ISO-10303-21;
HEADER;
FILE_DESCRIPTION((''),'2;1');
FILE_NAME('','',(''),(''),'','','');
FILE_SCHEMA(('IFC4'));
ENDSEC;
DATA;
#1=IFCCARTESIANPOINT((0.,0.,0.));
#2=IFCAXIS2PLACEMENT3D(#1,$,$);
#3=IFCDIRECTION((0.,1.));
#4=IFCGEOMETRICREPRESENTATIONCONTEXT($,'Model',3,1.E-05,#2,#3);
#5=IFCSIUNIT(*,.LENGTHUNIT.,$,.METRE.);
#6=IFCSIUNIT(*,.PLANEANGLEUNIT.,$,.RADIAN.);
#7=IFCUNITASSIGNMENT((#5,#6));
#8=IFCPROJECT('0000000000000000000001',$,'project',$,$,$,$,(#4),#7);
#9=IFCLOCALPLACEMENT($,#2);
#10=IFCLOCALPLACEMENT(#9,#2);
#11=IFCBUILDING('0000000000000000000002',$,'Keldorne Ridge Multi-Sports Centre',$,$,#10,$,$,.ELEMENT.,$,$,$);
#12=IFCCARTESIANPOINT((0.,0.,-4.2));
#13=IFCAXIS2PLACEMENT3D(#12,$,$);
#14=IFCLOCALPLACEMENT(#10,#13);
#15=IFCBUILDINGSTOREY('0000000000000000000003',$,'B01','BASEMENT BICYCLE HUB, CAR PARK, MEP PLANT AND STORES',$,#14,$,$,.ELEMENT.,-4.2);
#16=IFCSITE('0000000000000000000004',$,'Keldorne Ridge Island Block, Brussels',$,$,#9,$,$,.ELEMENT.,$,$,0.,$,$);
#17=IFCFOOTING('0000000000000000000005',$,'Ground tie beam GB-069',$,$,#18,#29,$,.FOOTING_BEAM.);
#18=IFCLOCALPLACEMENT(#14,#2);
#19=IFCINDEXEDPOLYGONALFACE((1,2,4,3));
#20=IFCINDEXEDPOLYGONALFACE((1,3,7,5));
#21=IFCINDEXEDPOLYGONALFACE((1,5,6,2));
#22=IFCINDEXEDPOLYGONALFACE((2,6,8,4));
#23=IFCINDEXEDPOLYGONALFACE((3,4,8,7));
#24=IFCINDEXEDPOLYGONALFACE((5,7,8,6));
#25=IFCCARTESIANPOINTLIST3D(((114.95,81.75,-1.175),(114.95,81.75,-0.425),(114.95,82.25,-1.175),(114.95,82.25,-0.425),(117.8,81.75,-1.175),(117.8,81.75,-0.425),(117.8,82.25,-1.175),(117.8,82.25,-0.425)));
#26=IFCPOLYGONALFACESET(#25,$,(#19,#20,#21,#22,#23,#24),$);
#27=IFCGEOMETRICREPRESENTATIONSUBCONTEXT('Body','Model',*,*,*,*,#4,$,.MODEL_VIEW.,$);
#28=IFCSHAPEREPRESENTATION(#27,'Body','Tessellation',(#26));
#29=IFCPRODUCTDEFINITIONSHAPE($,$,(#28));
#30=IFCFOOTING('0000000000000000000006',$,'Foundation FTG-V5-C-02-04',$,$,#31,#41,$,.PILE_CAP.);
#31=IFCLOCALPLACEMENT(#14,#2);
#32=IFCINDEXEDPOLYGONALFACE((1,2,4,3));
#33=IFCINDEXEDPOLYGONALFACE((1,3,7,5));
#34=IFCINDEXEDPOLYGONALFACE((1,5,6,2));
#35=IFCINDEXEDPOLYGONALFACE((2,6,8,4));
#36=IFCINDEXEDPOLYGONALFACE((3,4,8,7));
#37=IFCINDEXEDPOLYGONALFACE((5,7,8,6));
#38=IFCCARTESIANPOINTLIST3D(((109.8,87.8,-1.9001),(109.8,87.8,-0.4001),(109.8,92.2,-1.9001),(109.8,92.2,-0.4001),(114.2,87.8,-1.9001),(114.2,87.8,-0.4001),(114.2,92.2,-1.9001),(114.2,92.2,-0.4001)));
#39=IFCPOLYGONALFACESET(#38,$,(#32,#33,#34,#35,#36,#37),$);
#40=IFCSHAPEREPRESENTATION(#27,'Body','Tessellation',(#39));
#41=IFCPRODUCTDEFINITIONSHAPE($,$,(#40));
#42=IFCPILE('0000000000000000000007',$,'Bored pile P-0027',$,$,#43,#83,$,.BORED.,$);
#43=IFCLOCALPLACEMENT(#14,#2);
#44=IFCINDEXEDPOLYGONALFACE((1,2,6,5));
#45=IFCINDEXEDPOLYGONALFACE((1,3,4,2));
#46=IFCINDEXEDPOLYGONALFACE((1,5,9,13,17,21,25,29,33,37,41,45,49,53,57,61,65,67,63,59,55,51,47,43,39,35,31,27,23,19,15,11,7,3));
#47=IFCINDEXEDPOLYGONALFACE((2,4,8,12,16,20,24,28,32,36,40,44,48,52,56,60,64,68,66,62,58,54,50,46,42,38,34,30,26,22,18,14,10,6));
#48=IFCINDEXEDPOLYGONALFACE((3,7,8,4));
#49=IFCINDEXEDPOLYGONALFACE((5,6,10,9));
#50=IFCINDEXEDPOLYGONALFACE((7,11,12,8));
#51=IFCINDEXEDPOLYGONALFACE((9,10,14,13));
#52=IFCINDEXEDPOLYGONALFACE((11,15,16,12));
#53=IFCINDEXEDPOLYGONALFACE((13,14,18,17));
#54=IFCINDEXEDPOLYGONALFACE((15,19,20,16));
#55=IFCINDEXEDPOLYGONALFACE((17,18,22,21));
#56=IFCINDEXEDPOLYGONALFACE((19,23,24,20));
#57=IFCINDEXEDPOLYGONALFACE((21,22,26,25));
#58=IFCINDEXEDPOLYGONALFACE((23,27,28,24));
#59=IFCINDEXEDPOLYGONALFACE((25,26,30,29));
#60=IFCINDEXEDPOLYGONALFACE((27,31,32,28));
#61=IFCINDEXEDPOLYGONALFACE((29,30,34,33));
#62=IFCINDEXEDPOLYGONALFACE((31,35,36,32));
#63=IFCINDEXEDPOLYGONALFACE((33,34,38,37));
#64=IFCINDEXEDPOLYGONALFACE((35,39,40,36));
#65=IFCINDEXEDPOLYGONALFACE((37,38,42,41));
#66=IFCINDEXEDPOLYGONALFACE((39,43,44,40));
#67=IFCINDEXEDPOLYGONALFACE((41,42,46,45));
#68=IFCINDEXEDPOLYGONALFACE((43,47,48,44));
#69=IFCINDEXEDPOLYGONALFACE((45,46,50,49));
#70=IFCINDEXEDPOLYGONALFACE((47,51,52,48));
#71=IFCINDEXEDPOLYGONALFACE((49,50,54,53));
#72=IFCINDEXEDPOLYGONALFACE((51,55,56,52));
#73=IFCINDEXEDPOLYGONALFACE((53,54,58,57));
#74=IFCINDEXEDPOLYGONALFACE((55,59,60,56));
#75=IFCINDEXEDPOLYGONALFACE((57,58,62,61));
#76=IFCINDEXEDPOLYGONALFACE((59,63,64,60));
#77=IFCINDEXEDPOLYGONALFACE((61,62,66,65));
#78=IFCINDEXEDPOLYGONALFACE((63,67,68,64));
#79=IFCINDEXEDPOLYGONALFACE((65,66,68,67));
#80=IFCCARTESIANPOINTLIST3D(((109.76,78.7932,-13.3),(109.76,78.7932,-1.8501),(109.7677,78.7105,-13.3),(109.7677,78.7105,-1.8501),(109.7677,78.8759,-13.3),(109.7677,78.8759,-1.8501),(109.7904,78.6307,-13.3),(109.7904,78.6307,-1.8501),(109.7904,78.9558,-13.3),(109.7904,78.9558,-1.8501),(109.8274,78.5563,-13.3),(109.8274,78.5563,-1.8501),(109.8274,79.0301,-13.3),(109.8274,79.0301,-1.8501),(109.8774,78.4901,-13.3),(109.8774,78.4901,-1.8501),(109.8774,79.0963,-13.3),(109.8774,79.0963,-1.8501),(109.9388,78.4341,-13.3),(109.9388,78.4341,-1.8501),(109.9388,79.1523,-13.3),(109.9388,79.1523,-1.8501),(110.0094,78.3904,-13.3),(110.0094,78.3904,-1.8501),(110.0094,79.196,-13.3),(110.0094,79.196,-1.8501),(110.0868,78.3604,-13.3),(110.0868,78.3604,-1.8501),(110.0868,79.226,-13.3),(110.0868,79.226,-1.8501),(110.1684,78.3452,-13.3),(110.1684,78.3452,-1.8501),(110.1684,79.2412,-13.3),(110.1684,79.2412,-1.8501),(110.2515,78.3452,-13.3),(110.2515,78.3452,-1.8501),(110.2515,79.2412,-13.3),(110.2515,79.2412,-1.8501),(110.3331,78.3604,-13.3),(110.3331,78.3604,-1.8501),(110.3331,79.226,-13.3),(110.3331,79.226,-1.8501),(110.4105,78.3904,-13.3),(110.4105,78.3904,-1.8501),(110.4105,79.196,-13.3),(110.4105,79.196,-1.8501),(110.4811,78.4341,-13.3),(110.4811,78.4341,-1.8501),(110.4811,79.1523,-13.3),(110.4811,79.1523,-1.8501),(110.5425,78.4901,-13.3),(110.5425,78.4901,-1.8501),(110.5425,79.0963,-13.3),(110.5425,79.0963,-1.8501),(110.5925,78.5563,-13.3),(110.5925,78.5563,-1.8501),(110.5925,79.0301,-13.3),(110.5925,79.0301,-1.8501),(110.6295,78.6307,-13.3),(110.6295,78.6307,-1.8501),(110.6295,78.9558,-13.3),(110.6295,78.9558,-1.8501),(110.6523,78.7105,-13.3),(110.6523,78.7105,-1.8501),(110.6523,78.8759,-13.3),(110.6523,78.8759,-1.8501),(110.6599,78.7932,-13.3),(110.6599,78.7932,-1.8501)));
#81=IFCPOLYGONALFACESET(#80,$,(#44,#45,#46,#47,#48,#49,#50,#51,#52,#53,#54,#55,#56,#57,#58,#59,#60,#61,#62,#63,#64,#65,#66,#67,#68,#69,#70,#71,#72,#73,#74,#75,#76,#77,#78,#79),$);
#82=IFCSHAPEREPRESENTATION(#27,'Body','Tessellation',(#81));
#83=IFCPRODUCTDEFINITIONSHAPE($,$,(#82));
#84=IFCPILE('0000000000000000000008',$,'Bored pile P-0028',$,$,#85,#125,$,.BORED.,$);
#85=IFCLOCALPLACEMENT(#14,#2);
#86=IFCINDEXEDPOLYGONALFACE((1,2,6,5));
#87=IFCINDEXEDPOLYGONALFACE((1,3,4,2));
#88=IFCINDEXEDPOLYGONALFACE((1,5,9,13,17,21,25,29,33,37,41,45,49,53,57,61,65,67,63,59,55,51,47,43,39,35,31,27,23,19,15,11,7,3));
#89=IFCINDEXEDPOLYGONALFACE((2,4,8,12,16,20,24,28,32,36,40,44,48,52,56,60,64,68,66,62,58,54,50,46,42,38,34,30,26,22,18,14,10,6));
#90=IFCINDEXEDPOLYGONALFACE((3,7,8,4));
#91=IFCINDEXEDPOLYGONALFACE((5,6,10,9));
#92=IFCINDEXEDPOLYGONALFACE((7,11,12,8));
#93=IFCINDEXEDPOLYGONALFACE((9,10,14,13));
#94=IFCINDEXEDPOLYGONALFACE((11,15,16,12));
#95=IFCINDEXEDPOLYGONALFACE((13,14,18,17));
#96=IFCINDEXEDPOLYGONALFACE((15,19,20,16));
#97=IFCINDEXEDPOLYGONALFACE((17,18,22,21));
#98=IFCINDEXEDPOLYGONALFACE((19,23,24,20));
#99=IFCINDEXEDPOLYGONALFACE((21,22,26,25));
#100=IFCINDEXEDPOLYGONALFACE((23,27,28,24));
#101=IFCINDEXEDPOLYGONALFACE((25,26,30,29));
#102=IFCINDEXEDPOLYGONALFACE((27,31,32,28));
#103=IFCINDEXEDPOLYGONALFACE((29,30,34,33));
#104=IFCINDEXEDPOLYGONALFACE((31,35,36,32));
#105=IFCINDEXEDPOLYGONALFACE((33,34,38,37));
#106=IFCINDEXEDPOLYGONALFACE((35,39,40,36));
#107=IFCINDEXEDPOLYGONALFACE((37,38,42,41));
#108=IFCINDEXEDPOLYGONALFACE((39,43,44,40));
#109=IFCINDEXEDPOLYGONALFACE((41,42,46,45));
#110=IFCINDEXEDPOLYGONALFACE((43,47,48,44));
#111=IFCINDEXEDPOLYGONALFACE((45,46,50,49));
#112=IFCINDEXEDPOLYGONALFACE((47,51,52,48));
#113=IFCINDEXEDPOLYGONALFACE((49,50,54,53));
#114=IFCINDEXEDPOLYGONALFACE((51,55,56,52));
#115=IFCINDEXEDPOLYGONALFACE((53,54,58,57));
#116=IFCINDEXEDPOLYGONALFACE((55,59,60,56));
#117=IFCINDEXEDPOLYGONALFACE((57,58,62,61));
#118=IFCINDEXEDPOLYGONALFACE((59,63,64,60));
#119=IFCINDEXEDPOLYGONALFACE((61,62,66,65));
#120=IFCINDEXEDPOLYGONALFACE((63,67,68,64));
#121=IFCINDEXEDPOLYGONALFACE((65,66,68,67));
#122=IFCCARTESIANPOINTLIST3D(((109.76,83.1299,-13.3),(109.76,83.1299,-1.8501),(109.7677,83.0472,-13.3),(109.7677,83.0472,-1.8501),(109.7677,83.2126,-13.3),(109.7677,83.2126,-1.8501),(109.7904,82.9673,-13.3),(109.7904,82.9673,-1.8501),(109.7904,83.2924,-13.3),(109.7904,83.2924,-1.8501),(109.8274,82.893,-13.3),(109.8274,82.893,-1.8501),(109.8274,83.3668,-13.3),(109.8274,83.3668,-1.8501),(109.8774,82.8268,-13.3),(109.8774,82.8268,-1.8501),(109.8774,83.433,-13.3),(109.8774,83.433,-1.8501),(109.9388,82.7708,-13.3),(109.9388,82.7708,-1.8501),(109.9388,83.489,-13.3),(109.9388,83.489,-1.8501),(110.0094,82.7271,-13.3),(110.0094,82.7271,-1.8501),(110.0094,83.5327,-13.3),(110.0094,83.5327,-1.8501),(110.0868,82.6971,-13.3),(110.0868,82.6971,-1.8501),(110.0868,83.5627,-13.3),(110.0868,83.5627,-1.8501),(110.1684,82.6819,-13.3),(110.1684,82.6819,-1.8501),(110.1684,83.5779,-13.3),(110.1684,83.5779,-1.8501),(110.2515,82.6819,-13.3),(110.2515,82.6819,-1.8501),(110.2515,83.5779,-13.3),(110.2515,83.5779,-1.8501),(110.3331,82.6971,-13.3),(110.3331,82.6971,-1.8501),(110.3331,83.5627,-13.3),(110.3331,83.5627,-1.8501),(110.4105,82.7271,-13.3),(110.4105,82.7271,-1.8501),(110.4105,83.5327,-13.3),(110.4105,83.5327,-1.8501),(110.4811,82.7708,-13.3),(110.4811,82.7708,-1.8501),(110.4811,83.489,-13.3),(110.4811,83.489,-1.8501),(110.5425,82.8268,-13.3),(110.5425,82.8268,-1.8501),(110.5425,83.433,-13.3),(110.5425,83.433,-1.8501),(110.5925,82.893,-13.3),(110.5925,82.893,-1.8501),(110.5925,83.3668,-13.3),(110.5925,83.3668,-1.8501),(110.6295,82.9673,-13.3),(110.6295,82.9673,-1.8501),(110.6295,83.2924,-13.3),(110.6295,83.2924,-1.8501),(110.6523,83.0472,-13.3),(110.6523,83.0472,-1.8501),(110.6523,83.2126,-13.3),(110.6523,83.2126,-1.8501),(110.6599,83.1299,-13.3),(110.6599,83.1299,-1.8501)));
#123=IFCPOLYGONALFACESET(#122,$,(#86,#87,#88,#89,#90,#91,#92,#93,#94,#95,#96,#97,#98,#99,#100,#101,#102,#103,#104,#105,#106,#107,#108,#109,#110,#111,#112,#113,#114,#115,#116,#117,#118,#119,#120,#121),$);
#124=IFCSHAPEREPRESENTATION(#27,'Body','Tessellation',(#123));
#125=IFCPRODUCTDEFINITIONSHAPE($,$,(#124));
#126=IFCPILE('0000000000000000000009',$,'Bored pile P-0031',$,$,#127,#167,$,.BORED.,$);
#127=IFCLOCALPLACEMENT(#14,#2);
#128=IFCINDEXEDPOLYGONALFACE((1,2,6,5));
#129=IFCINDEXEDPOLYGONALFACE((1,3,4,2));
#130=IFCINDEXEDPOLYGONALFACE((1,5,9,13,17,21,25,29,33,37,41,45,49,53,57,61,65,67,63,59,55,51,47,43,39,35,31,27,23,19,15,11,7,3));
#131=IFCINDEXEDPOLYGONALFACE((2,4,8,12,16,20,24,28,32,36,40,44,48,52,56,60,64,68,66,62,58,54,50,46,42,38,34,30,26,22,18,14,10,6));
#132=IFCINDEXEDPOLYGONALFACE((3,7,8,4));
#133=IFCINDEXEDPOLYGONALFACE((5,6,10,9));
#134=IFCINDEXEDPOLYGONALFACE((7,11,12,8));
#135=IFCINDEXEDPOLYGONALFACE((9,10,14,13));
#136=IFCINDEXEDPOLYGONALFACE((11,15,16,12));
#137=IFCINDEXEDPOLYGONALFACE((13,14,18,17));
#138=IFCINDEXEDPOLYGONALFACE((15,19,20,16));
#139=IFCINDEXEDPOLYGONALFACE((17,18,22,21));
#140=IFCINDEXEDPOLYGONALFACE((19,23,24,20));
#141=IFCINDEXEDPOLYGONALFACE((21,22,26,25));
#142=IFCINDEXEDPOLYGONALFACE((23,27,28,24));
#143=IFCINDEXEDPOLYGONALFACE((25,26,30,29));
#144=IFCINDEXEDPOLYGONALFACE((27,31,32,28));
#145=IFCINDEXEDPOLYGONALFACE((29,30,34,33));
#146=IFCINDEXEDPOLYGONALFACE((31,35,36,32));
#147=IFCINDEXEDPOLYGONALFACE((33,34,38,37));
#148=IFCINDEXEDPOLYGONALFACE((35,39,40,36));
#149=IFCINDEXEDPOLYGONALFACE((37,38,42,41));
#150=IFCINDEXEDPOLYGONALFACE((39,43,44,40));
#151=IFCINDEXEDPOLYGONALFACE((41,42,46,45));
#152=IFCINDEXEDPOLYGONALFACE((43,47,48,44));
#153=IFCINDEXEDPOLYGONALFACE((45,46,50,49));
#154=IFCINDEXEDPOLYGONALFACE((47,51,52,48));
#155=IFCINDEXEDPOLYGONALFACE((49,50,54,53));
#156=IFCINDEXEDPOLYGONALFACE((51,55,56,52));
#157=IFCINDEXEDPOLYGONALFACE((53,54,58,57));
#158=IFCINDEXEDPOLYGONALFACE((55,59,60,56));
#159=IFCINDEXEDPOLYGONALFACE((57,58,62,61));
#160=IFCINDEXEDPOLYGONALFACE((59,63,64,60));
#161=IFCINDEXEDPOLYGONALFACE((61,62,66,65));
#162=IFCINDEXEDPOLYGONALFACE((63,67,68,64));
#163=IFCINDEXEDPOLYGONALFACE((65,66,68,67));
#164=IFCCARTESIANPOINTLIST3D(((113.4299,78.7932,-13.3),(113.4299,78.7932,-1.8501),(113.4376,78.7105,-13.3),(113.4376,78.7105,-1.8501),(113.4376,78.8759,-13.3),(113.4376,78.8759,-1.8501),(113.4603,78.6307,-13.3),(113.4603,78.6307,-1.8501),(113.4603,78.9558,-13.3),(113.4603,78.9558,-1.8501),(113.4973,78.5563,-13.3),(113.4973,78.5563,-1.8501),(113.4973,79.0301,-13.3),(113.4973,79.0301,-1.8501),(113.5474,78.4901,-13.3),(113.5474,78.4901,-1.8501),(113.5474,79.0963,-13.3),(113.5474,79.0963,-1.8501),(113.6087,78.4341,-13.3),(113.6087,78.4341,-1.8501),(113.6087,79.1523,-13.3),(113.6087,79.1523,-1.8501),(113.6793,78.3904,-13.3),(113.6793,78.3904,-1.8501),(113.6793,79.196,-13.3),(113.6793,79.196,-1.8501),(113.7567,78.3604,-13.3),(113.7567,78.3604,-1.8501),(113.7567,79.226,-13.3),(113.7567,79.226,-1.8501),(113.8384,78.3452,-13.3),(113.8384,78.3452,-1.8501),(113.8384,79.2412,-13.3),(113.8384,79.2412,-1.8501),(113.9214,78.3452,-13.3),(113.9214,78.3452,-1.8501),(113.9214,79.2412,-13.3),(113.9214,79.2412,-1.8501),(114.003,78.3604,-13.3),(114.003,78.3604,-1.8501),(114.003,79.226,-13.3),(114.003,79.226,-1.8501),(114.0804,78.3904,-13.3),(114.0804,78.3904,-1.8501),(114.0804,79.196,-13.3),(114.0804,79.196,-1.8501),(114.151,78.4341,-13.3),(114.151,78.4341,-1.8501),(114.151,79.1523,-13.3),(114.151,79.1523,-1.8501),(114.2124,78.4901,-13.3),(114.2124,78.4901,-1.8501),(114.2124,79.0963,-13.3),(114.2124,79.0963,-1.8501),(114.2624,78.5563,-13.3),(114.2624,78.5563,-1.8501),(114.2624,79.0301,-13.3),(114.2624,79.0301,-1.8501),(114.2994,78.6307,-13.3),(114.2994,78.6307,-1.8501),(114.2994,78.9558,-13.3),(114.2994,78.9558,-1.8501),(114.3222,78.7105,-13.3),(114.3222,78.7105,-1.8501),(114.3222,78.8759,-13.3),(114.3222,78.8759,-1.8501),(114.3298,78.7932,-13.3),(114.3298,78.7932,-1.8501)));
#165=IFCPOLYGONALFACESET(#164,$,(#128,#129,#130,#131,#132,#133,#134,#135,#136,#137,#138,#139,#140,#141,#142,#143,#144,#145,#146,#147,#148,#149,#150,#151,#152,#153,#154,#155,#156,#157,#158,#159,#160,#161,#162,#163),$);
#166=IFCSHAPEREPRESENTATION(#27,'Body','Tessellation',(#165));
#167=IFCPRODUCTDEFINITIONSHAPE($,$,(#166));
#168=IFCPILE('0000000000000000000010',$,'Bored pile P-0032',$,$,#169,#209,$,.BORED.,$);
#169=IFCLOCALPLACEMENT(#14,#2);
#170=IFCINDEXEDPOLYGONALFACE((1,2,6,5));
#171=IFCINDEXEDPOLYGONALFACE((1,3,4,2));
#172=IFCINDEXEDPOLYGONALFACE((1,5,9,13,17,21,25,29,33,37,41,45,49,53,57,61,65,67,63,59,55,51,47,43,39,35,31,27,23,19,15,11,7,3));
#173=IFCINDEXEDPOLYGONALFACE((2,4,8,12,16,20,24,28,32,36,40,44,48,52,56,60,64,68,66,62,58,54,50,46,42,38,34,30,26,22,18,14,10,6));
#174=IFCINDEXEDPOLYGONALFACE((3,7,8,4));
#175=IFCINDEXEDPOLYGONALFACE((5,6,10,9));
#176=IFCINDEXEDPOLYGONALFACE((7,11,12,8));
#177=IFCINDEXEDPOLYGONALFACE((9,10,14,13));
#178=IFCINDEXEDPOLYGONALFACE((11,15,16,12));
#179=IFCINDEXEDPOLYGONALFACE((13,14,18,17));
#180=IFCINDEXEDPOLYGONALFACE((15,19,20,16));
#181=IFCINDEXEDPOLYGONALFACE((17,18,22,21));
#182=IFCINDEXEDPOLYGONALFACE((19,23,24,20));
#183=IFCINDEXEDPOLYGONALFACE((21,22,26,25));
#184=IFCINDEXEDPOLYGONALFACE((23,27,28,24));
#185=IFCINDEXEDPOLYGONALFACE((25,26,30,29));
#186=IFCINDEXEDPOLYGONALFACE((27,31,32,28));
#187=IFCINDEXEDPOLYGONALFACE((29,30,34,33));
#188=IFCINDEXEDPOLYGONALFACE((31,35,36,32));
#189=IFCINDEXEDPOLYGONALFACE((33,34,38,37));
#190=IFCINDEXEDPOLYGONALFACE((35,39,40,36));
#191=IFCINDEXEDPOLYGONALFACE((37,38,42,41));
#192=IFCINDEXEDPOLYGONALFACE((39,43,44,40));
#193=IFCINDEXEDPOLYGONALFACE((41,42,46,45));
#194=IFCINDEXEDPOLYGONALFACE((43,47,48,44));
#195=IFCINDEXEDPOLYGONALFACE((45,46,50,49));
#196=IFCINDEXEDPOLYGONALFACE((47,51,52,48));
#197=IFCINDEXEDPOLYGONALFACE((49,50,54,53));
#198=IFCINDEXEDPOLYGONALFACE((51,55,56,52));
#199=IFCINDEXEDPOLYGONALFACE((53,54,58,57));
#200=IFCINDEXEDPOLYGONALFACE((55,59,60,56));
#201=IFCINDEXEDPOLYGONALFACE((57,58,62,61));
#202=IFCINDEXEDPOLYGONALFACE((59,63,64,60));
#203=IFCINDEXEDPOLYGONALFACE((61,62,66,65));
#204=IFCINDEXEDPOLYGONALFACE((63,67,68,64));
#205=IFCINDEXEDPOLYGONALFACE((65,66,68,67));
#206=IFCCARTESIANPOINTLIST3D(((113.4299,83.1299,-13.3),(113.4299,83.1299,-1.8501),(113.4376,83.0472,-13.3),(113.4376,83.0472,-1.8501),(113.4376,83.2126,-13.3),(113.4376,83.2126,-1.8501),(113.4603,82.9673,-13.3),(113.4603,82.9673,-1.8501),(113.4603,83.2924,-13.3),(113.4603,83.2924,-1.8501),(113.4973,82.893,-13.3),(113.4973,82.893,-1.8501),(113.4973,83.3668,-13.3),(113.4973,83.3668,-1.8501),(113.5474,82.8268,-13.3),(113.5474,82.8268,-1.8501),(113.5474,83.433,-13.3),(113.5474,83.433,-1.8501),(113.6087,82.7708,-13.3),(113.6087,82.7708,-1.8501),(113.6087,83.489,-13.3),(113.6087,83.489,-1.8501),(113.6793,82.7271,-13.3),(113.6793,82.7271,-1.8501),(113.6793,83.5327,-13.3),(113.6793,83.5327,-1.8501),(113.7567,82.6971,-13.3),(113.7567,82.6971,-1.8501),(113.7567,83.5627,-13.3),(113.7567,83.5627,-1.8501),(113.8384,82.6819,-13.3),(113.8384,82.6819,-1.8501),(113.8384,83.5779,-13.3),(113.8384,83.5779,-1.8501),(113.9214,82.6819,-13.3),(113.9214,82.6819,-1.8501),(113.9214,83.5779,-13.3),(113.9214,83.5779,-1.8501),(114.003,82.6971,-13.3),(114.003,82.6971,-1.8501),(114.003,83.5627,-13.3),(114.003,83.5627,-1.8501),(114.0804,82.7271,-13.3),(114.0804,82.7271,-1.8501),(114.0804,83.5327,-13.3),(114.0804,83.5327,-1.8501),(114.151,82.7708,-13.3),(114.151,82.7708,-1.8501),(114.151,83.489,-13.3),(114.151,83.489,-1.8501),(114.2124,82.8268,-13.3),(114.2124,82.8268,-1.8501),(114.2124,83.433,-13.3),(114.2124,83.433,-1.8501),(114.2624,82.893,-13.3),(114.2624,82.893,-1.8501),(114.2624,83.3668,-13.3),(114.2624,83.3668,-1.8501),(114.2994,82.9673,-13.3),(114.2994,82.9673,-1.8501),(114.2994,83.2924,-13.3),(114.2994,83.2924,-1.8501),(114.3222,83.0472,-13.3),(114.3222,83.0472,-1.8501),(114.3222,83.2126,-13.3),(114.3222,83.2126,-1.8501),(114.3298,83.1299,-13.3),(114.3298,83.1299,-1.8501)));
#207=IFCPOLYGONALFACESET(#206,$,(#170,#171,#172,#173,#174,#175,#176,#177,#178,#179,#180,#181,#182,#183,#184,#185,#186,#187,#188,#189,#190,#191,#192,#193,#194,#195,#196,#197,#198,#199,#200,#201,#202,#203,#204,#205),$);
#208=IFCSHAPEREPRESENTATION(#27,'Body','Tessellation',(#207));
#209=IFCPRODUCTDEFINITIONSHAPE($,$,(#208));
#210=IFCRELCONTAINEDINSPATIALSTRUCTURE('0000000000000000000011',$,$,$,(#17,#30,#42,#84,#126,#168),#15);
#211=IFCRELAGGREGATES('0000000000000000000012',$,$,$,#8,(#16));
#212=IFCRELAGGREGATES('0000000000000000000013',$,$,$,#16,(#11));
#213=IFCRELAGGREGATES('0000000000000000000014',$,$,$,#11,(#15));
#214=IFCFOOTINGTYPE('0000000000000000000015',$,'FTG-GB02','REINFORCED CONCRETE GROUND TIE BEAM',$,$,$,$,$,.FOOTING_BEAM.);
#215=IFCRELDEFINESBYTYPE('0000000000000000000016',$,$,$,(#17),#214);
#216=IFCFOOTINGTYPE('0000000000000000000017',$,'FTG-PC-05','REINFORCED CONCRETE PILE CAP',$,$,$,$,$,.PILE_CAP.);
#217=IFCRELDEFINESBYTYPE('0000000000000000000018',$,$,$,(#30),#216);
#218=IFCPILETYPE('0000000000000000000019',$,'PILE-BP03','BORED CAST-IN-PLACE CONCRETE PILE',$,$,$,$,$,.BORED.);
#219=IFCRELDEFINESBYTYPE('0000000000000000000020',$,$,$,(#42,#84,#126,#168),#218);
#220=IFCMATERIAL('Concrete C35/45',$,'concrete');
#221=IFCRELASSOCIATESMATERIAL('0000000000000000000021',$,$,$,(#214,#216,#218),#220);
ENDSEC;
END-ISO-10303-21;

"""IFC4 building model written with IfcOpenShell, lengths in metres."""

from ifc_helpers import new_model, si_unit, direction, frame, origin, origin_2d, place, context, subcontext, project, spatial, rectangle, circle, extrude, material, material_profile, profile_set, type_object, element, save


model = new_model("IFC4")

# Units and contexts
model_context = context("Model", 3, precision=1e-05, world=origin(), true_north=direction((0.0, 1.0)))
body_context = subcontext(model_context, "Body", "Model", "MODEL_VIEW")
ifc_project = project(units=[si_unit("LENGTHUNIT", "METRE"), si_unit("PLANEANGLEUNIT", "RADIAN")], contexts=[model_context])

# Site, building, storey
site_placement = place(None, origin())
site = spatial("IfcSite", under=ifc_project, at=site_placement, Name="Keldorne Ridge Island Block, Brussels", CompositionType="ELEMENT", RefElevation=0.0)
building_placement = place(site_placement, origin())
building = spatial("IfcBuilding", under=site, at=building_placement, Name="Keldorne Ridge Multi-Sports Centre", CompositionType="ELEMENT")
storey_placement = place(building_placement, frame((0.0, 0.0, -4.2)))
storey = spatial("IfcBuildingStorey", under=building, at=storey_placement, Name="B01", Description="BASEMENT BICYCLE HUB, CAR PARK, MEP PLANT AND STORES", CompositionType="ELEMENT", Elevation=-4.2)

# Footings
ifc_material_1 = material(Name="Concrete C35/45", Category="concrete")
ifc_material_profile_1 = material_profile(ifc_material_1, rectangle(XDim=0.5, YDim=0.75, at=origin_2d()), Name="GB 500x750")
ifc_profile_set_1 = profile_set([ifc_material_profile_1], Name="Concrete C35/45")
footing_type_1 = type_object("IfcFootingType", Name="FTG-GB02", Description="REINFORCED CONCRETE GROUND TIE BEAM", PredefinedType="FOOTING_BEAM", material=ifc_profile_set_1)
footing_1_placement = place(storey_placement, frame((114.95, 82.0, -0.8), z_axis=(1.0, 0.0, 0.0), x_axis=(0.0, 1.0, 0.0)))
element("IfcFooting", 1, at=footing_1_placement, inside=storey, type_object=footing_type_1, Name="Ground tie beam GB-069", PredefinedType="FOOTING_BEAM", context=body_context, shape_type="SweptSolid", body=[
    extrude(rectangle(XDim=0.5, YDim=0.75, at=origin_2d()), origin(), (0.0, 0.0, 1.0), 2.8501),
])
footing_type_2 = type_object("IfcFootingType", Name="FTG-PC-05", Description="REINFORCED CONCRETE PILE CAP", PredefinedType="PILE_CAP", material=ifc_material_1)
footing_2_placement = place(storey_placement, frame((112.0, 90.0, -1.9001), z_axis=(0.0, 0.0, 1.0), x_axis=(1.0, 0.0, 0.0)))
element("IfcFooting", 2, at=footing_2_placement, inside=storey, type_object=footing_type_2, Name="Foundation FTG-V5-C-02-04", PredefinedType="PILE_CAP", context=body_context, shape_type="SweptSolid", body=[
    extrude(rectangle(XDim=4.3999, YDim=4.3999, at=origin_2d()), origin(), (0.0, 0.0, 1.0), 1.5),
])

# Piles
ifc_material_profile_2 = material_profile(ifc_material_1, circle(Radius=0.45, at=origin_2d()), Name="BORED PILE D900")
ifc_profile_set_2 = profile_set([ifc_material_profile_2], Name="Concrete C35/45")
pile_type = type_object("IfcPileType", Name="PILE-BP03", Description="BORED CAST-IN-PLACE CONCRETE PILE", PredefinedType="BORED", material=ifc_profile_set_2)
for number, where, z_axis, x_axis, name in (
    (3, (110.21, 78.7932, -1.8501), (0.0, 0.0, -1.0), (1.0, 0.0, 0.0), "Bored pile P-0027"),
    (4, (110.21, 83.1299, -1.8501), (0.0, 0.0, -1.0), (1.0, 0.0, 0.0), "Bored pile P-0028"),
    (5, (113.8799, 78.7932, -1.8501), (0.0, 0.0, -1.0), (1.0, 0.0, 0.0), "Bored pile P-0031"),
    (6, (113.8799, 83.1299, -1.8501), (0.0, 0.0, -1.0), (1.0, 0.0, 0.0), "Bored pile P-0032"),
):
    element("IfcPile", number, at=place(storey_placement, frame(where, z_axis=z_axis, x_axis=x_axis)), inside=storey, type_object=pile_type, Name=name, PredefinedType="BORED", context=body_context, shape_type="SweptSolid", body=[
        extrude(circle(Radius=0.45, at=origin_2d()), origin(), (0.0, 0.0, 1.0), 11.45),
    ])

save(model, "model.ifc")
